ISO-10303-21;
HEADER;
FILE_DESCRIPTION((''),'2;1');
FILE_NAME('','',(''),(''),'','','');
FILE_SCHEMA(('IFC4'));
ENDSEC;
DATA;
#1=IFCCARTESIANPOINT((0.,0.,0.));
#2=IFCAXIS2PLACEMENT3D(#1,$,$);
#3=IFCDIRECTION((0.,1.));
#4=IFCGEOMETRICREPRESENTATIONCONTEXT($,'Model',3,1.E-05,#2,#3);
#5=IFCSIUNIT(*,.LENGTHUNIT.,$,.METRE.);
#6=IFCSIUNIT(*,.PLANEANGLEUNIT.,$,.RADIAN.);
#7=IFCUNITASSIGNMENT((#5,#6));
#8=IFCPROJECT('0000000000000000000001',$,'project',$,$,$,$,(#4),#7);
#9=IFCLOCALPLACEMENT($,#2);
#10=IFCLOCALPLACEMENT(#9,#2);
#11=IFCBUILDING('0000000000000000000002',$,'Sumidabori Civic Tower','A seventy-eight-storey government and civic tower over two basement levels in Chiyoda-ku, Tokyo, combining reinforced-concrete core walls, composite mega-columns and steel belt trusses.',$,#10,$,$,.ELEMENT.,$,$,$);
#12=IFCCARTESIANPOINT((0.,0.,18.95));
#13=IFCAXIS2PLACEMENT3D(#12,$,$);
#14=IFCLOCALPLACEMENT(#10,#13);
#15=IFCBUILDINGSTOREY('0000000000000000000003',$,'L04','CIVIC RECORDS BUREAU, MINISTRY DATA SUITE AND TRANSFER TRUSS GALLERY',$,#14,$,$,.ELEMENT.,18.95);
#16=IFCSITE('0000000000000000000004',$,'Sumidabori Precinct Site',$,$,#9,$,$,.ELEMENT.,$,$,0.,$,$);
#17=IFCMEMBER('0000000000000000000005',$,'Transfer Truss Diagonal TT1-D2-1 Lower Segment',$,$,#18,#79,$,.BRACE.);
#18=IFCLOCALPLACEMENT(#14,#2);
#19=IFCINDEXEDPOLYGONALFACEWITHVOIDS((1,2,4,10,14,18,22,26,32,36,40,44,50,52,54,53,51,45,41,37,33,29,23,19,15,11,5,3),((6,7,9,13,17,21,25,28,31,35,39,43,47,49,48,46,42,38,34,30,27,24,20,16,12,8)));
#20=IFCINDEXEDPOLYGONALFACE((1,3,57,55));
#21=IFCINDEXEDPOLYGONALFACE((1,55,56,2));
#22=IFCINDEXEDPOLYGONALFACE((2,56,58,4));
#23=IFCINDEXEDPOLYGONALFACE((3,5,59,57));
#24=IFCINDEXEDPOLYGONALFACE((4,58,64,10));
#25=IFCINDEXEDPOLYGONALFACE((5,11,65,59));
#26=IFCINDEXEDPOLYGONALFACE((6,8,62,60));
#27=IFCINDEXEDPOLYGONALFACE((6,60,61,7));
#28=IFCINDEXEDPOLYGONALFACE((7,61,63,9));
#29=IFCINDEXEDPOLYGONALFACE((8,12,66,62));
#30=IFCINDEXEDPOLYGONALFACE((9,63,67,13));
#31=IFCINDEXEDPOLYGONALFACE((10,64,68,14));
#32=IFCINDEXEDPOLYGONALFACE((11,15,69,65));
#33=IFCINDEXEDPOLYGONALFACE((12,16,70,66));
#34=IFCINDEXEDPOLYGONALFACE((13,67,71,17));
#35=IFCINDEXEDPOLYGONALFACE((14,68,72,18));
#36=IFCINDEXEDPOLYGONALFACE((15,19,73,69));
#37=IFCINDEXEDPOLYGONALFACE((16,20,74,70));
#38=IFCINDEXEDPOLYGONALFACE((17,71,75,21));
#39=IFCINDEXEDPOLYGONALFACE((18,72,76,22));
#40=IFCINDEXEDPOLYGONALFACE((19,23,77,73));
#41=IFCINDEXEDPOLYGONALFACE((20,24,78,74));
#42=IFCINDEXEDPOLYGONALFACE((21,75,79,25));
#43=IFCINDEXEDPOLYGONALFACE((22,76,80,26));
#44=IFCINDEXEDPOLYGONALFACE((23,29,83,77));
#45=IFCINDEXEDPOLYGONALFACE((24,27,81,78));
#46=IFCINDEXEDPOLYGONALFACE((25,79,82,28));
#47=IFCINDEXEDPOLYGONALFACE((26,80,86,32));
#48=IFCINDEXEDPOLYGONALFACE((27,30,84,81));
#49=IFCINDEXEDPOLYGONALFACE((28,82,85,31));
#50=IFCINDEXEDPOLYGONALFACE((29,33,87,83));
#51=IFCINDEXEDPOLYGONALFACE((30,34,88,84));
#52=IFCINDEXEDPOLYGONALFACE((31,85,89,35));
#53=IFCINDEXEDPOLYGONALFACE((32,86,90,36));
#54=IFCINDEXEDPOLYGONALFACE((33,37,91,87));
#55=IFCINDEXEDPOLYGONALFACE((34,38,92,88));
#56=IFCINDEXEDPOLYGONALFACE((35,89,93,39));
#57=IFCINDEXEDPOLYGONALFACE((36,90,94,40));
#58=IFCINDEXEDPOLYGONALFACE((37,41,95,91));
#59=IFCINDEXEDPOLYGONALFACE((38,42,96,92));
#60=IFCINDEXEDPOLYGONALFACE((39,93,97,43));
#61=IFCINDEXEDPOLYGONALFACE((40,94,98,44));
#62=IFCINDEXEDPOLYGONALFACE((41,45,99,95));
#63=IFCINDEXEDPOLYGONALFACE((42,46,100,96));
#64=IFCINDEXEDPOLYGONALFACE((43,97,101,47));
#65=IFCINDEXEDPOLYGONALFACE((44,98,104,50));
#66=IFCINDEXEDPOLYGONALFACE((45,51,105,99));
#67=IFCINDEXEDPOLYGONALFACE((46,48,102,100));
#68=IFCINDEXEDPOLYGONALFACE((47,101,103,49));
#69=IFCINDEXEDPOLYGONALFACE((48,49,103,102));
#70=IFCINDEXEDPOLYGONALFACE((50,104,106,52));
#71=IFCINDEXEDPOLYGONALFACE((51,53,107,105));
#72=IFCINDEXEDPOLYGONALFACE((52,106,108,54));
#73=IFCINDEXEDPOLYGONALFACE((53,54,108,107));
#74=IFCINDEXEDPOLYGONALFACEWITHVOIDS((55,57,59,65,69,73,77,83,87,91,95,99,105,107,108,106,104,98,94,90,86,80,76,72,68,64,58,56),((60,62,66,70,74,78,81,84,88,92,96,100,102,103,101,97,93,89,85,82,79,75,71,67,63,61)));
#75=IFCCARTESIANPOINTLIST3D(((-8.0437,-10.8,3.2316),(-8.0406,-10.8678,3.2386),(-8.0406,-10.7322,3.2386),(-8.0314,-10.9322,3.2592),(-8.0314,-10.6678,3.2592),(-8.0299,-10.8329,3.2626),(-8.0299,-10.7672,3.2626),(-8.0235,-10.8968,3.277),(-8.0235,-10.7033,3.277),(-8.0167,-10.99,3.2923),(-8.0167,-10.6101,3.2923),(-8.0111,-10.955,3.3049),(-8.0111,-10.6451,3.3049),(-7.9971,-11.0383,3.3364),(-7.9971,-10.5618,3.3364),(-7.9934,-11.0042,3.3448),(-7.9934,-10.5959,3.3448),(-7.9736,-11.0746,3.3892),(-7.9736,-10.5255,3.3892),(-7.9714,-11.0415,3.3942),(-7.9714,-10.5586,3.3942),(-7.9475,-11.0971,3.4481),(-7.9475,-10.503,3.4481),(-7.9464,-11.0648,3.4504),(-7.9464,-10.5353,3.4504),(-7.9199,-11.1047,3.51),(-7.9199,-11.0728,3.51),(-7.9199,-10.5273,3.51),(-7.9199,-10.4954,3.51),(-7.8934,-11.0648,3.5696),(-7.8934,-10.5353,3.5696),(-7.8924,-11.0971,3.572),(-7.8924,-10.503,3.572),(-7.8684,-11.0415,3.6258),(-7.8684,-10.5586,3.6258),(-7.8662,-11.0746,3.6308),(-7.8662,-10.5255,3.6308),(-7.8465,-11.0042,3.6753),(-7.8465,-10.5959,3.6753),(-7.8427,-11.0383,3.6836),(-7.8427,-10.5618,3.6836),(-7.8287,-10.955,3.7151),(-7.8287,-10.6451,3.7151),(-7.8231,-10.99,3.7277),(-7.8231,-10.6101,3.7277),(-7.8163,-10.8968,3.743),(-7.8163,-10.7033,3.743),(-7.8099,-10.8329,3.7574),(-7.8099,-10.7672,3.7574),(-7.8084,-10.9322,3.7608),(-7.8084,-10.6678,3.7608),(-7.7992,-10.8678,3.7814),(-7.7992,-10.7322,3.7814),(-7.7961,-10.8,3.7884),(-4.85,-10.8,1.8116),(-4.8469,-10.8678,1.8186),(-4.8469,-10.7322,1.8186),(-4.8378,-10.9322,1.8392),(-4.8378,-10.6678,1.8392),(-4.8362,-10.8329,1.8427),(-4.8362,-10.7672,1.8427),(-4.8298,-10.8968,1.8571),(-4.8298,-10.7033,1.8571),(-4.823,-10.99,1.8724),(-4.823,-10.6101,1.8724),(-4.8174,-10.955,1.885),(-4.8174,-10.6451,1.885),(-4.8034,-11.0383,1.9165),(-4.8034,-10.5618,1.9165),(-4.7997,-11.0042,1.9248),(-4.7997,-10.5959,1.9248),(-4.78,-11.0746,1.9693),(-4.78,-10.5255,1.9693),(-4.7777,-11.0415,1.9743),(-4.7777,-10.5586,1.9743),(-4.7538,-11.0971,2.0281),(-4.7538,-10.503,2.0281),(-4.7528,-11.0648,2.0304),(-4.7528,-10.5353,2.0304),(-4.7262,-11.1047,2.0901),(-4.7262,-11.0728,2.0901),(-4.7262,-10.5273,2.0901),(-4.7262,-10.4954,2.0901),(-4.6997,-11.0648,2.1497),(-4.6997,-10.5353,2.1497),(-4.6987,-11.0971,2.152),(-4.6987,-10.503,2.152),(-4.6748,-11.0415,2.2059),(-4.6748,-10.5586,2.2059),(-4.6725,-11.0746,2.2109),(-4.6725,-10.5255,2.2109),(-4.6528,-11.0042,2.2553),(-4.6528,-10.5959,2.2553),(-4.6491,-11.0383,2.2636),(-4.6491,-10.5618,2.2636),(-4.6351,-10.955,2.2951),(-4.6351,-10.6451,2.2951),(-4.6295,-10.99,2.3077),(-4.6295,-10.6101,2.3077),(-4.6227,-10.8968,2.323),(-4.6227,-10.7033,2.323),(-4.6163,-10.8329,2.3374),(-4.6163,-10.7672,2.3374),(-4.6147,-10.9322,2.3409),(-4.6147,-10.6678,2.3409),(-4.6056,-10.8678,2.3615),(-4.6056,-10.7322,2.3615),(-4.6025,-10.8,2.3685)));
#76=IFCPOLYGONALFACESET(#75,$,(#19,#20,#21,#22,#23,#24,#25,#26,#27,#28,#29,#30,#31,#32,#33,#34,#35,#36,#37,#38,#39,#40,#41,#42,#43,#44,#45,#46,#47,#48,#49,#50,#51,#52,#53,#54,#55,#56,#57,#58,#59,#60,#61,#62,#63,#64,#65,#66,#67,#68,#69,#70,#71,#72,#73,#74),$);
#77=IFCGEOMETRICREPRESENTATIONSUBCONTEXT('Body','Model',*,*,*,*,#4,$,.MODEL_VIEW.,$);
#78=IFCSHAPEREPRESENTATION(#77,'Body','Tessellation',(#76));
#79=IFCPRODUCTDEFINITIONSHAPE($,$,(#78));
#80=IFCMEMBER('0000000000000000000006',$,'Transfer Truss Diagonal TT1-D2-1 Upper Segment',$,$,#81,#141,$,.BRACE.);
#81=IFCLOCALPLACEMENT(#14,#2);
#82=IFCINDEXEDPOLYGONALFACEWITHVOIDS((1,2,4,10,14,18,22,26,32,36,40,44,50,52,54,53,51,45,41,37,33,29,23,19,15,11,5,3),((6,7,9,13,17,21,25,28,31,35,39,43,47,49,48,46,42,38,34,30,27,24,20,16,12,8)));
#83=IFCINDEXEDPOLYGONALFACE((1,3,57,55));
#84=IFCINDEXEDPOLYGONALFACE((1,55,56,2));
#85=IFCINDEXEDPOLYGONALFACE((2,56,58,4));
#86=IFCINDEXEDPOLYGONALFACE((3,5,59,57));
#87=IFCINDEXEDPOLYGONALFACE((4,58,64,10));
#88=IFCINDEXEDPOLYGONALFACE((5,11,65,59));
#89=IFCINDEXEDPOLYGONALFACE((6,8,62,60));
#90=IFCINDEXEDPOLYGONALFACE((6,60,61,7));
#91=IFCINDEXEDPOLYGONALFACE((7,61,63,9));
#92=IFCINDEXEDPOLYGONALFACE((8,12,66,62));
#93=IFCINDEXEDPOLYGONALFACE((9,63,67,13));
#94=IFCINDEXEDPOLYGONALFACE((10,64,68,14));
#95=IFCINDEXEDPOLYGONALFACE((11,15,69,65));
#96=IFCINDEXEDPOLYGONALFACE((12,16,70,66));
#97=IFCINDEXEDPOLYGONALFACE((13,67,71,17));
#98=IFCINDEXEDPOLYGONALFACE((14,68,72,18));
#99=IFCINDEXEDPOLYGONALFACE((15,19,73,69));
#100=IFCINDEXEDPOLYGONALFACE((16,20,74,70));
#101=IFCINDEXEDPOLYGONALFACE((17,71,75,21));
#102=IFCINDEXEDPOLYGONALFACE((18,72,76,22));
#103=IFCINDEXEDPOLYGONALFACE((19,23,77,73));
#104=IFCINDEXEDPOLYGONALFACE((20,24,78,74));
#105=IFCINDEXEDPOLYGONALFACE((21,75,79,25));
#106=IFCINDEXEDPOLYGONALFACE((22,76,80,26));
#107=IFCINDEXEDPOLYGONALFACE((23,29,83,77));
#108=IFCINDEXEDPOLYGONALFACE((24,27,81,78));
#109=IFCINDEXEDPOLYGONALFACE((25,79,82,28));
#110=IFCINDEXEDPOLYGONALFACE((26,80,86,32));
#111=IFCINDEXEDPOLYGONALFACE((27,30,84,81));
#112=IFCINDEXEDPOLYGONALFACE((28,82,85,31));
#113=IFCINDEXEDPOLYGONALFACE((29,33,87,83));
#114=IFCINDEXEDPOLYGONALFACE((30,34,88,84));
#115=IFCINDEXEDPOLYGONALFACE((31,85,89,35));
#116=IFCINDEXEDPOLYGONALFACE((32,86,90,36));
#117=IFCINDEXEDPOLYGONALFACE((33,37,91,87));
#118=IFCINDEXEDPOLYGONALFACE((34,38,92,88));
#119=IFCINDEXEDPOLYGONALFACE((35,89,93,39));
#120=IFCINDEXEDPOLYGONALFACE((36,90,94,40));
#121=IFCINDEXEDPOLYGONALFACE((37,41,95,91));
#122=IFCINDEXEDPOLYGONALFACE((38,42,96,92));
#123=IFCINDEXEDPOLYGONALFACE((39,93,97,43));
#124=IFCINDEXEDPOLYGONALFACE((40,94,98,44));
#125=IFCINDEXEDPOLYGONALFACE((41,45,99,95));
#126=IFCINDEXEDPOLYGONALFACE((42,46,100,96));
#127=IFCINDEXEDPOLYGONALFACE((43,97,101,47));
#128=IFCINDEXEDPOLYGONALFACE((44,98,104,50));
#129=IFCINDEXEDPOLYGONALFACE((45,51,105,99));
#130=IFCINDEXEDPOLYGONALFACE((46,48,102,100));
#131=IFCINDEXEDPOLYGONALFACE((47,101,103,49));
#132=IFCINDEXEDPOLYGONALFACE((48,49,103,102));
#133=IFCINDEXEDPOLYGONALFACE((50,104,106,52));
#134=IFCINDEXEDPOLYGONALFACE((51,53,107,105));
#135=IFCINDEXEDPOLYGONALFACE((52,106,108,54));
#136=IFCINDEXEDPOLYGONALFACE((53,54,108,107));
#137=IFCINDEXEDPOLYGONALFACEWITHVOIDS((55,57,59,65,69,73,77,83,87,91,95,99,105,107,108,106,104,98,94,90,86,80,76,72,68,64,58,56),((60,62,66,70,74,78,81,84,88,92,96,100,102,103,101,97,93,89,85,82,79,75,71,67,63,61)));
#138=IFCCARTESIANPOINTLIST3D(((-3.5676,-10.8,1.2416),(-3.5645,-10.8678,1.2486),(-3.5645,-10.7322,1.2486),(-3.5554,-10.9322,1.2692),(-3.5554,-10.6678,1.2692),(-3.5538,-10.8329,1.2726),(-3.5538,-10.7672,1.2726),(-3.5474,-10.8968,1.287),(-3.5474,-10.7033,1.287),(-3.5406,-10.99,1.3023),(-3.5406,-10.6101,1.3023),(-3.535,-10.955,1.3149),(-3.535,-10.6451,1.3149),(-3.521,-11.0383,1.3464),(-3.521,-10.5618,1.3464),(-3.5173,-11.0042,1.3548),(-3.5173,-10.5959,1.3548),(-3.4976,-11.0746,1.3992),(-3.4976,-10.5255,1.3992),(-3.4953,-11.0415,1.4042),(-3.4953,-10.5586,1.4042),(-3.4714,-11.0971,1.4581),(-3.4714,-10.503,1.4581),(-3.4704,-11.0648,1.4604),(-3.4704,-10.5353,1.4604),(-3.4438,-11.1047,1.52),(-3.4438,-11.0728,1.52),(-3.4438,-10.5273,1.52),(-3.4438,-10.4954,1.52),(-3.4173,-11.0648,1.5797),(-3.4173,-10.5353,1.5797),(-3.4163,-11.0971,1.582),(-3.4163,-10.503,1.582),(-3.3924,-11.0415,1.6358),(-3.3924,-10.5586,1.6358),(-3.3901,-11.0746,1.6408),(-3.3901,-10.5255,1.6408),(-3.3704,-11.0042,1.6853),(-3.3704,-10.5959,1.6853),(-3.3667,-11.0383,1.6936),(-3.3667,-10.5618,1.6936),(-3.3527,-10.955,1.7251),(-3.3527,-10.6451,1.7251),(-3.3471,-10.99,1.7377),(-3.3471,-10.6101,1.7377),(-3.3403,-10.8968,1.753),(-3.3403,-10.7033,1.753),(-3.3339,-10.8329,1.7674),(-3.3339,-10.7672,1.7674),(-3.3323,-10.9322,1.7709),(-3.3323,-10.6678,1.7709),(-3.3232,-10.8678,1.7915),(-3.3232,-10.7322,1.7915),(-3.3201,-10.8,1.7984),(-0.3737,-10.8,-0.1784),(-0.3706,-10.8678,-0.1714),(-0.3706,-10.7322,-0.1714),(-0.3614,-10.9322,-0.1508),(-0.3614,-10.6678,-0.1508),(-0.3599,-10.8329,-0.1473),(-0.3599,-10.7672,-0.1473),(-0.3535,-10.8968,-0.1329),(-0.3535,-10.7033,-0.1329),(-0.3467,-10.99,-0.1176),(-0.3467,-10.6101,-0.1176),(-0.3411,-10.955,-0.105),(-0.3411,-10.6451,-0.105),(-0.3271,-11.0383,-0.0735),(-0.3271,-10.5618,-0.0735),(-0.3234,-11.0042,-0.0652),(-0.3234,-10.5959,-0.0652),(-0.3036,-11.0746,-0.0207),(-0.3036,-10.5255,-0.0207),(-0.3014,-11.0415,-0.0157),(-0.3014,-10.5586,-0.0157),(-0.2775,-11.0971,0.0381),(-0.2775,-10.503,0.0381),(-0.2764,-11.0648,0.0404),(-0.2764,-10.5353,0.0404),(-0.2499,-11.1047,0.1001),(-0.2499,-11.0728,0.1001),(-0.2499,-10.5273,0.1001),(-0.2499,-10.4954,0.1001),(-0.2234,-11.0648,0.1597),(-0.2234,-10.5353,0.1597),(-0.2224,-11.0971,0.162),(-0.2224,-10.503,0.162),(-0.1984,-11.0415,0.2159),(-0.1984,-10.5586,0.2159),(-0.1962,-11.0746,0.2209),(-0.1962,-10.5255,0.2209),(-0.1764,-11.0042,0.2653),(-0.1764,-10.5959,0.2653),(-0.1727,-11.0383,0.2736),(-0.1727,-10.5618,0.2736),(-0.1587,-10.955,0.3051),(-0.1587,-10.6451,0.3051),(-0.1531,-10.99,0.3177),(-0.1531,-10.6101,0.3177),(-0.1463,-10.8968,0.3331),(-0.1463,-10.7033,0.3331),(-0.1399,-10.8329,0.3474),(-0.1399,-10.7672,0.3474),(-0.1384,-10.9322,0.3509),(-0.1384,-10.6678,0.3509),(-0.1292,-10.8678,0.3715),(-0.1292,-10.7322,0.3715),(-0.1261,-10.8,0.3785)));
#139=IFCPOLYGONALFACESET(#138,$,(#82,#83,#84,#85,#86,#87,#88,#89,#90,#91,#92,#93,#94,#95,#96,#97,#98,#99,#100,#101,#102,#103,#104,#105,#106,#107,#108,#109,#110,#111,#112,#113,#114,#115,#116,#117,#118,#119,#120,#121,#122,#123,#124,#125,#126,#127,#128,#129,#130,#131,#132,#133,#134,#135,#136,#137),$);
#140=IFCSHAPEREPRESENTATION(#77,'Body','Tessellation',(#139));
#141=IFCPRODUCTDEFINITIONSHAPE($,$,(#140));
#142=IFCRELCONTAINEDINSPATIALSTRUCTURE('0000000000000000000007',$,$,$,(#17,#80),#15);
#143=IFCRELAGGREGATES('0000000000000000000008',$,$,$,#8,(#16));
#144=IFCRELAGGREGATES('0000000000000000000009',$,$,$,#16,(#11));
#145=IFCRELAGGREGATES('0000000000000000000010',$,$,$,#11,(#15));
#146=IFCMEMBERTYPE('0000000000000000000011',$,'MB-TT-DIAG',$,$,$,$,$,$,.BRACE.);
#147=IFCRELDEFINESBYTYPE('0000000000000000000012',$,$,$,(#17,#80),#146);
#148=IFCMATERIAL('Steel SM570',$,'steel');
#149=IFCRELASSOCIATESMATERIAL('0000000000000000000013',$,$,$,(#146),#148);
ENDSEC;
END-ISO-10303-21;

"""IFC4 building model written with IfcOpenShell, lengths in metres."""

from ifc_helpers import new_model, si_unit, direction, frame, origin, origin_2d, place, context, subcontext, project, spatial, hollow_circle, extrude, source, transform, mapped, material, material_profile, profile_set, type_object, element, save


model = new_model("IFC4")

# Units and contexts
model_context = context("Model", 3, precision=1e-05, world=origin(), true_north=direction((0.0, 1.0)))
body_context = subcontext(model_context, "Body", "Model", "MODEL_VIEW")
ifc_project = project(units=[si_unit("LENGTHUNIT", "METRE"), si_unit("PLANEANGLEUNIT", "RADIAN")], contexts=[model_context])

# Site, building, storey
site_placement = place(None, origin())
site = spatial("IfcSite", under=ifc_project, at=site_placement, Name="Sumidabori Precinct Site", CompositionType="ELEMENT", RefElevation=0.0)
building_placement = place(site_placement, origin())
building = spatial("IfcBuilding", under=site, at=building_placement, Name="Sumidabori Civic Tower", Description="A seventy-eight-storey government and civic tower over two basement levels in Chiyoda-ku, Tokyo, combining reinforced-concrete core walls, composite mega-columns and steel belt trusses.", CompositionType="ELEMENT")
storey_placement = place(building_placement, frame((0.0, 0.0, 18.95)))
storey = spatial("IfcBuildingStorey", under=building, at=storey_placement, Name="L04", Description="CIVIC RECORDS BUREAU, MINISTRY DATA SUITE AND TRANSFER TRUSS GALLERY", CompositionType="ELEMENT", Elevation=18.95)

# Shared definitions
ifc_material_1 = material(Name="Steel SM570", Category="steel")

# Members
ifc_material_profile_1 = material_profile(ifc_material_1, hollow_circle(Radius=0.3047, WallThickness=0.032, at=origin_2d()), Name="CHS 609.6x32")
ifc_profile_set_1 = profile_set([ifc_material_profile_1], Name="Steel SM570")
member_type = type_object("IfcMemberType", Name="MB-TT-DIAG", PredefinedType="BRACE", material=ifc_profile_set_1)
shared_shape_1 = source(origin(), body_context, "Body", "SweptSolid", [
    extrude(hollow_circle(Radius=0.3047, WallThickness=0.032, at=origin_2d()), origin(), (0.0, 0.0, 1.0), 3.4951),
])
member_1_placement = place(storey_placement, frame((-7.9199, -10.8, 3.51), z_axis=(0.913754, 0.0, -0.406268), x_axis=(0.0, 1.0, 0.0)))
element("IfcMember", 1, at=member_1_placement, inside=storey, type_object=member_type, Name="Transfer Truss Diagonal TT1-D2-1 Lower Segment", PredefinedType="BRACE", context=body_context, shape_type="MappedRepresentation", body=[
    mapped(shared_shape_1, transform((0.0, 0.0, 0.0), x_axis=(1.0, 0.0, 0.0), y_axis=(0.0, 1.0, 0.0), z_axis=(0.0, 0.0, 1.0), scale=1.0)),
])
shared_shape_2 = source(origin(), body_context, "Body", "SweptSolid", [
    extrude(hollow_circle(Radius=0.3047, WallThickness=0.032, at=origin_2d()), origin(), (0.0, 0.0, 1.0), 3.4954),
])
member_2_placement = place(storey_placement, frame((-3.4438, -10.8, 1.52), z_axis=(0.913765, 0.0, -0.406242), x_axis=(0.0, 1.0, 0.0)))
element("IfcMember", 2, at=member_2_placement, inside=storey, type_object=member_type, Name="Transfer Truss Diagonal TT1-D2-1 Upper Segment", PredefinedType="BRACE", context=body_context, shape_type="MappedRepresentation", body=[
    mapped(shared_shape_2, transform((0.0, 0.0, 0.0), x_axis=(1.0, 0.0, 0.0), y_axis=(0.0, 1.0, 0.0), z_axis=(0.0, 0.0, 1.0), scale=1.0)),
])

save(model, "model.ifc")
